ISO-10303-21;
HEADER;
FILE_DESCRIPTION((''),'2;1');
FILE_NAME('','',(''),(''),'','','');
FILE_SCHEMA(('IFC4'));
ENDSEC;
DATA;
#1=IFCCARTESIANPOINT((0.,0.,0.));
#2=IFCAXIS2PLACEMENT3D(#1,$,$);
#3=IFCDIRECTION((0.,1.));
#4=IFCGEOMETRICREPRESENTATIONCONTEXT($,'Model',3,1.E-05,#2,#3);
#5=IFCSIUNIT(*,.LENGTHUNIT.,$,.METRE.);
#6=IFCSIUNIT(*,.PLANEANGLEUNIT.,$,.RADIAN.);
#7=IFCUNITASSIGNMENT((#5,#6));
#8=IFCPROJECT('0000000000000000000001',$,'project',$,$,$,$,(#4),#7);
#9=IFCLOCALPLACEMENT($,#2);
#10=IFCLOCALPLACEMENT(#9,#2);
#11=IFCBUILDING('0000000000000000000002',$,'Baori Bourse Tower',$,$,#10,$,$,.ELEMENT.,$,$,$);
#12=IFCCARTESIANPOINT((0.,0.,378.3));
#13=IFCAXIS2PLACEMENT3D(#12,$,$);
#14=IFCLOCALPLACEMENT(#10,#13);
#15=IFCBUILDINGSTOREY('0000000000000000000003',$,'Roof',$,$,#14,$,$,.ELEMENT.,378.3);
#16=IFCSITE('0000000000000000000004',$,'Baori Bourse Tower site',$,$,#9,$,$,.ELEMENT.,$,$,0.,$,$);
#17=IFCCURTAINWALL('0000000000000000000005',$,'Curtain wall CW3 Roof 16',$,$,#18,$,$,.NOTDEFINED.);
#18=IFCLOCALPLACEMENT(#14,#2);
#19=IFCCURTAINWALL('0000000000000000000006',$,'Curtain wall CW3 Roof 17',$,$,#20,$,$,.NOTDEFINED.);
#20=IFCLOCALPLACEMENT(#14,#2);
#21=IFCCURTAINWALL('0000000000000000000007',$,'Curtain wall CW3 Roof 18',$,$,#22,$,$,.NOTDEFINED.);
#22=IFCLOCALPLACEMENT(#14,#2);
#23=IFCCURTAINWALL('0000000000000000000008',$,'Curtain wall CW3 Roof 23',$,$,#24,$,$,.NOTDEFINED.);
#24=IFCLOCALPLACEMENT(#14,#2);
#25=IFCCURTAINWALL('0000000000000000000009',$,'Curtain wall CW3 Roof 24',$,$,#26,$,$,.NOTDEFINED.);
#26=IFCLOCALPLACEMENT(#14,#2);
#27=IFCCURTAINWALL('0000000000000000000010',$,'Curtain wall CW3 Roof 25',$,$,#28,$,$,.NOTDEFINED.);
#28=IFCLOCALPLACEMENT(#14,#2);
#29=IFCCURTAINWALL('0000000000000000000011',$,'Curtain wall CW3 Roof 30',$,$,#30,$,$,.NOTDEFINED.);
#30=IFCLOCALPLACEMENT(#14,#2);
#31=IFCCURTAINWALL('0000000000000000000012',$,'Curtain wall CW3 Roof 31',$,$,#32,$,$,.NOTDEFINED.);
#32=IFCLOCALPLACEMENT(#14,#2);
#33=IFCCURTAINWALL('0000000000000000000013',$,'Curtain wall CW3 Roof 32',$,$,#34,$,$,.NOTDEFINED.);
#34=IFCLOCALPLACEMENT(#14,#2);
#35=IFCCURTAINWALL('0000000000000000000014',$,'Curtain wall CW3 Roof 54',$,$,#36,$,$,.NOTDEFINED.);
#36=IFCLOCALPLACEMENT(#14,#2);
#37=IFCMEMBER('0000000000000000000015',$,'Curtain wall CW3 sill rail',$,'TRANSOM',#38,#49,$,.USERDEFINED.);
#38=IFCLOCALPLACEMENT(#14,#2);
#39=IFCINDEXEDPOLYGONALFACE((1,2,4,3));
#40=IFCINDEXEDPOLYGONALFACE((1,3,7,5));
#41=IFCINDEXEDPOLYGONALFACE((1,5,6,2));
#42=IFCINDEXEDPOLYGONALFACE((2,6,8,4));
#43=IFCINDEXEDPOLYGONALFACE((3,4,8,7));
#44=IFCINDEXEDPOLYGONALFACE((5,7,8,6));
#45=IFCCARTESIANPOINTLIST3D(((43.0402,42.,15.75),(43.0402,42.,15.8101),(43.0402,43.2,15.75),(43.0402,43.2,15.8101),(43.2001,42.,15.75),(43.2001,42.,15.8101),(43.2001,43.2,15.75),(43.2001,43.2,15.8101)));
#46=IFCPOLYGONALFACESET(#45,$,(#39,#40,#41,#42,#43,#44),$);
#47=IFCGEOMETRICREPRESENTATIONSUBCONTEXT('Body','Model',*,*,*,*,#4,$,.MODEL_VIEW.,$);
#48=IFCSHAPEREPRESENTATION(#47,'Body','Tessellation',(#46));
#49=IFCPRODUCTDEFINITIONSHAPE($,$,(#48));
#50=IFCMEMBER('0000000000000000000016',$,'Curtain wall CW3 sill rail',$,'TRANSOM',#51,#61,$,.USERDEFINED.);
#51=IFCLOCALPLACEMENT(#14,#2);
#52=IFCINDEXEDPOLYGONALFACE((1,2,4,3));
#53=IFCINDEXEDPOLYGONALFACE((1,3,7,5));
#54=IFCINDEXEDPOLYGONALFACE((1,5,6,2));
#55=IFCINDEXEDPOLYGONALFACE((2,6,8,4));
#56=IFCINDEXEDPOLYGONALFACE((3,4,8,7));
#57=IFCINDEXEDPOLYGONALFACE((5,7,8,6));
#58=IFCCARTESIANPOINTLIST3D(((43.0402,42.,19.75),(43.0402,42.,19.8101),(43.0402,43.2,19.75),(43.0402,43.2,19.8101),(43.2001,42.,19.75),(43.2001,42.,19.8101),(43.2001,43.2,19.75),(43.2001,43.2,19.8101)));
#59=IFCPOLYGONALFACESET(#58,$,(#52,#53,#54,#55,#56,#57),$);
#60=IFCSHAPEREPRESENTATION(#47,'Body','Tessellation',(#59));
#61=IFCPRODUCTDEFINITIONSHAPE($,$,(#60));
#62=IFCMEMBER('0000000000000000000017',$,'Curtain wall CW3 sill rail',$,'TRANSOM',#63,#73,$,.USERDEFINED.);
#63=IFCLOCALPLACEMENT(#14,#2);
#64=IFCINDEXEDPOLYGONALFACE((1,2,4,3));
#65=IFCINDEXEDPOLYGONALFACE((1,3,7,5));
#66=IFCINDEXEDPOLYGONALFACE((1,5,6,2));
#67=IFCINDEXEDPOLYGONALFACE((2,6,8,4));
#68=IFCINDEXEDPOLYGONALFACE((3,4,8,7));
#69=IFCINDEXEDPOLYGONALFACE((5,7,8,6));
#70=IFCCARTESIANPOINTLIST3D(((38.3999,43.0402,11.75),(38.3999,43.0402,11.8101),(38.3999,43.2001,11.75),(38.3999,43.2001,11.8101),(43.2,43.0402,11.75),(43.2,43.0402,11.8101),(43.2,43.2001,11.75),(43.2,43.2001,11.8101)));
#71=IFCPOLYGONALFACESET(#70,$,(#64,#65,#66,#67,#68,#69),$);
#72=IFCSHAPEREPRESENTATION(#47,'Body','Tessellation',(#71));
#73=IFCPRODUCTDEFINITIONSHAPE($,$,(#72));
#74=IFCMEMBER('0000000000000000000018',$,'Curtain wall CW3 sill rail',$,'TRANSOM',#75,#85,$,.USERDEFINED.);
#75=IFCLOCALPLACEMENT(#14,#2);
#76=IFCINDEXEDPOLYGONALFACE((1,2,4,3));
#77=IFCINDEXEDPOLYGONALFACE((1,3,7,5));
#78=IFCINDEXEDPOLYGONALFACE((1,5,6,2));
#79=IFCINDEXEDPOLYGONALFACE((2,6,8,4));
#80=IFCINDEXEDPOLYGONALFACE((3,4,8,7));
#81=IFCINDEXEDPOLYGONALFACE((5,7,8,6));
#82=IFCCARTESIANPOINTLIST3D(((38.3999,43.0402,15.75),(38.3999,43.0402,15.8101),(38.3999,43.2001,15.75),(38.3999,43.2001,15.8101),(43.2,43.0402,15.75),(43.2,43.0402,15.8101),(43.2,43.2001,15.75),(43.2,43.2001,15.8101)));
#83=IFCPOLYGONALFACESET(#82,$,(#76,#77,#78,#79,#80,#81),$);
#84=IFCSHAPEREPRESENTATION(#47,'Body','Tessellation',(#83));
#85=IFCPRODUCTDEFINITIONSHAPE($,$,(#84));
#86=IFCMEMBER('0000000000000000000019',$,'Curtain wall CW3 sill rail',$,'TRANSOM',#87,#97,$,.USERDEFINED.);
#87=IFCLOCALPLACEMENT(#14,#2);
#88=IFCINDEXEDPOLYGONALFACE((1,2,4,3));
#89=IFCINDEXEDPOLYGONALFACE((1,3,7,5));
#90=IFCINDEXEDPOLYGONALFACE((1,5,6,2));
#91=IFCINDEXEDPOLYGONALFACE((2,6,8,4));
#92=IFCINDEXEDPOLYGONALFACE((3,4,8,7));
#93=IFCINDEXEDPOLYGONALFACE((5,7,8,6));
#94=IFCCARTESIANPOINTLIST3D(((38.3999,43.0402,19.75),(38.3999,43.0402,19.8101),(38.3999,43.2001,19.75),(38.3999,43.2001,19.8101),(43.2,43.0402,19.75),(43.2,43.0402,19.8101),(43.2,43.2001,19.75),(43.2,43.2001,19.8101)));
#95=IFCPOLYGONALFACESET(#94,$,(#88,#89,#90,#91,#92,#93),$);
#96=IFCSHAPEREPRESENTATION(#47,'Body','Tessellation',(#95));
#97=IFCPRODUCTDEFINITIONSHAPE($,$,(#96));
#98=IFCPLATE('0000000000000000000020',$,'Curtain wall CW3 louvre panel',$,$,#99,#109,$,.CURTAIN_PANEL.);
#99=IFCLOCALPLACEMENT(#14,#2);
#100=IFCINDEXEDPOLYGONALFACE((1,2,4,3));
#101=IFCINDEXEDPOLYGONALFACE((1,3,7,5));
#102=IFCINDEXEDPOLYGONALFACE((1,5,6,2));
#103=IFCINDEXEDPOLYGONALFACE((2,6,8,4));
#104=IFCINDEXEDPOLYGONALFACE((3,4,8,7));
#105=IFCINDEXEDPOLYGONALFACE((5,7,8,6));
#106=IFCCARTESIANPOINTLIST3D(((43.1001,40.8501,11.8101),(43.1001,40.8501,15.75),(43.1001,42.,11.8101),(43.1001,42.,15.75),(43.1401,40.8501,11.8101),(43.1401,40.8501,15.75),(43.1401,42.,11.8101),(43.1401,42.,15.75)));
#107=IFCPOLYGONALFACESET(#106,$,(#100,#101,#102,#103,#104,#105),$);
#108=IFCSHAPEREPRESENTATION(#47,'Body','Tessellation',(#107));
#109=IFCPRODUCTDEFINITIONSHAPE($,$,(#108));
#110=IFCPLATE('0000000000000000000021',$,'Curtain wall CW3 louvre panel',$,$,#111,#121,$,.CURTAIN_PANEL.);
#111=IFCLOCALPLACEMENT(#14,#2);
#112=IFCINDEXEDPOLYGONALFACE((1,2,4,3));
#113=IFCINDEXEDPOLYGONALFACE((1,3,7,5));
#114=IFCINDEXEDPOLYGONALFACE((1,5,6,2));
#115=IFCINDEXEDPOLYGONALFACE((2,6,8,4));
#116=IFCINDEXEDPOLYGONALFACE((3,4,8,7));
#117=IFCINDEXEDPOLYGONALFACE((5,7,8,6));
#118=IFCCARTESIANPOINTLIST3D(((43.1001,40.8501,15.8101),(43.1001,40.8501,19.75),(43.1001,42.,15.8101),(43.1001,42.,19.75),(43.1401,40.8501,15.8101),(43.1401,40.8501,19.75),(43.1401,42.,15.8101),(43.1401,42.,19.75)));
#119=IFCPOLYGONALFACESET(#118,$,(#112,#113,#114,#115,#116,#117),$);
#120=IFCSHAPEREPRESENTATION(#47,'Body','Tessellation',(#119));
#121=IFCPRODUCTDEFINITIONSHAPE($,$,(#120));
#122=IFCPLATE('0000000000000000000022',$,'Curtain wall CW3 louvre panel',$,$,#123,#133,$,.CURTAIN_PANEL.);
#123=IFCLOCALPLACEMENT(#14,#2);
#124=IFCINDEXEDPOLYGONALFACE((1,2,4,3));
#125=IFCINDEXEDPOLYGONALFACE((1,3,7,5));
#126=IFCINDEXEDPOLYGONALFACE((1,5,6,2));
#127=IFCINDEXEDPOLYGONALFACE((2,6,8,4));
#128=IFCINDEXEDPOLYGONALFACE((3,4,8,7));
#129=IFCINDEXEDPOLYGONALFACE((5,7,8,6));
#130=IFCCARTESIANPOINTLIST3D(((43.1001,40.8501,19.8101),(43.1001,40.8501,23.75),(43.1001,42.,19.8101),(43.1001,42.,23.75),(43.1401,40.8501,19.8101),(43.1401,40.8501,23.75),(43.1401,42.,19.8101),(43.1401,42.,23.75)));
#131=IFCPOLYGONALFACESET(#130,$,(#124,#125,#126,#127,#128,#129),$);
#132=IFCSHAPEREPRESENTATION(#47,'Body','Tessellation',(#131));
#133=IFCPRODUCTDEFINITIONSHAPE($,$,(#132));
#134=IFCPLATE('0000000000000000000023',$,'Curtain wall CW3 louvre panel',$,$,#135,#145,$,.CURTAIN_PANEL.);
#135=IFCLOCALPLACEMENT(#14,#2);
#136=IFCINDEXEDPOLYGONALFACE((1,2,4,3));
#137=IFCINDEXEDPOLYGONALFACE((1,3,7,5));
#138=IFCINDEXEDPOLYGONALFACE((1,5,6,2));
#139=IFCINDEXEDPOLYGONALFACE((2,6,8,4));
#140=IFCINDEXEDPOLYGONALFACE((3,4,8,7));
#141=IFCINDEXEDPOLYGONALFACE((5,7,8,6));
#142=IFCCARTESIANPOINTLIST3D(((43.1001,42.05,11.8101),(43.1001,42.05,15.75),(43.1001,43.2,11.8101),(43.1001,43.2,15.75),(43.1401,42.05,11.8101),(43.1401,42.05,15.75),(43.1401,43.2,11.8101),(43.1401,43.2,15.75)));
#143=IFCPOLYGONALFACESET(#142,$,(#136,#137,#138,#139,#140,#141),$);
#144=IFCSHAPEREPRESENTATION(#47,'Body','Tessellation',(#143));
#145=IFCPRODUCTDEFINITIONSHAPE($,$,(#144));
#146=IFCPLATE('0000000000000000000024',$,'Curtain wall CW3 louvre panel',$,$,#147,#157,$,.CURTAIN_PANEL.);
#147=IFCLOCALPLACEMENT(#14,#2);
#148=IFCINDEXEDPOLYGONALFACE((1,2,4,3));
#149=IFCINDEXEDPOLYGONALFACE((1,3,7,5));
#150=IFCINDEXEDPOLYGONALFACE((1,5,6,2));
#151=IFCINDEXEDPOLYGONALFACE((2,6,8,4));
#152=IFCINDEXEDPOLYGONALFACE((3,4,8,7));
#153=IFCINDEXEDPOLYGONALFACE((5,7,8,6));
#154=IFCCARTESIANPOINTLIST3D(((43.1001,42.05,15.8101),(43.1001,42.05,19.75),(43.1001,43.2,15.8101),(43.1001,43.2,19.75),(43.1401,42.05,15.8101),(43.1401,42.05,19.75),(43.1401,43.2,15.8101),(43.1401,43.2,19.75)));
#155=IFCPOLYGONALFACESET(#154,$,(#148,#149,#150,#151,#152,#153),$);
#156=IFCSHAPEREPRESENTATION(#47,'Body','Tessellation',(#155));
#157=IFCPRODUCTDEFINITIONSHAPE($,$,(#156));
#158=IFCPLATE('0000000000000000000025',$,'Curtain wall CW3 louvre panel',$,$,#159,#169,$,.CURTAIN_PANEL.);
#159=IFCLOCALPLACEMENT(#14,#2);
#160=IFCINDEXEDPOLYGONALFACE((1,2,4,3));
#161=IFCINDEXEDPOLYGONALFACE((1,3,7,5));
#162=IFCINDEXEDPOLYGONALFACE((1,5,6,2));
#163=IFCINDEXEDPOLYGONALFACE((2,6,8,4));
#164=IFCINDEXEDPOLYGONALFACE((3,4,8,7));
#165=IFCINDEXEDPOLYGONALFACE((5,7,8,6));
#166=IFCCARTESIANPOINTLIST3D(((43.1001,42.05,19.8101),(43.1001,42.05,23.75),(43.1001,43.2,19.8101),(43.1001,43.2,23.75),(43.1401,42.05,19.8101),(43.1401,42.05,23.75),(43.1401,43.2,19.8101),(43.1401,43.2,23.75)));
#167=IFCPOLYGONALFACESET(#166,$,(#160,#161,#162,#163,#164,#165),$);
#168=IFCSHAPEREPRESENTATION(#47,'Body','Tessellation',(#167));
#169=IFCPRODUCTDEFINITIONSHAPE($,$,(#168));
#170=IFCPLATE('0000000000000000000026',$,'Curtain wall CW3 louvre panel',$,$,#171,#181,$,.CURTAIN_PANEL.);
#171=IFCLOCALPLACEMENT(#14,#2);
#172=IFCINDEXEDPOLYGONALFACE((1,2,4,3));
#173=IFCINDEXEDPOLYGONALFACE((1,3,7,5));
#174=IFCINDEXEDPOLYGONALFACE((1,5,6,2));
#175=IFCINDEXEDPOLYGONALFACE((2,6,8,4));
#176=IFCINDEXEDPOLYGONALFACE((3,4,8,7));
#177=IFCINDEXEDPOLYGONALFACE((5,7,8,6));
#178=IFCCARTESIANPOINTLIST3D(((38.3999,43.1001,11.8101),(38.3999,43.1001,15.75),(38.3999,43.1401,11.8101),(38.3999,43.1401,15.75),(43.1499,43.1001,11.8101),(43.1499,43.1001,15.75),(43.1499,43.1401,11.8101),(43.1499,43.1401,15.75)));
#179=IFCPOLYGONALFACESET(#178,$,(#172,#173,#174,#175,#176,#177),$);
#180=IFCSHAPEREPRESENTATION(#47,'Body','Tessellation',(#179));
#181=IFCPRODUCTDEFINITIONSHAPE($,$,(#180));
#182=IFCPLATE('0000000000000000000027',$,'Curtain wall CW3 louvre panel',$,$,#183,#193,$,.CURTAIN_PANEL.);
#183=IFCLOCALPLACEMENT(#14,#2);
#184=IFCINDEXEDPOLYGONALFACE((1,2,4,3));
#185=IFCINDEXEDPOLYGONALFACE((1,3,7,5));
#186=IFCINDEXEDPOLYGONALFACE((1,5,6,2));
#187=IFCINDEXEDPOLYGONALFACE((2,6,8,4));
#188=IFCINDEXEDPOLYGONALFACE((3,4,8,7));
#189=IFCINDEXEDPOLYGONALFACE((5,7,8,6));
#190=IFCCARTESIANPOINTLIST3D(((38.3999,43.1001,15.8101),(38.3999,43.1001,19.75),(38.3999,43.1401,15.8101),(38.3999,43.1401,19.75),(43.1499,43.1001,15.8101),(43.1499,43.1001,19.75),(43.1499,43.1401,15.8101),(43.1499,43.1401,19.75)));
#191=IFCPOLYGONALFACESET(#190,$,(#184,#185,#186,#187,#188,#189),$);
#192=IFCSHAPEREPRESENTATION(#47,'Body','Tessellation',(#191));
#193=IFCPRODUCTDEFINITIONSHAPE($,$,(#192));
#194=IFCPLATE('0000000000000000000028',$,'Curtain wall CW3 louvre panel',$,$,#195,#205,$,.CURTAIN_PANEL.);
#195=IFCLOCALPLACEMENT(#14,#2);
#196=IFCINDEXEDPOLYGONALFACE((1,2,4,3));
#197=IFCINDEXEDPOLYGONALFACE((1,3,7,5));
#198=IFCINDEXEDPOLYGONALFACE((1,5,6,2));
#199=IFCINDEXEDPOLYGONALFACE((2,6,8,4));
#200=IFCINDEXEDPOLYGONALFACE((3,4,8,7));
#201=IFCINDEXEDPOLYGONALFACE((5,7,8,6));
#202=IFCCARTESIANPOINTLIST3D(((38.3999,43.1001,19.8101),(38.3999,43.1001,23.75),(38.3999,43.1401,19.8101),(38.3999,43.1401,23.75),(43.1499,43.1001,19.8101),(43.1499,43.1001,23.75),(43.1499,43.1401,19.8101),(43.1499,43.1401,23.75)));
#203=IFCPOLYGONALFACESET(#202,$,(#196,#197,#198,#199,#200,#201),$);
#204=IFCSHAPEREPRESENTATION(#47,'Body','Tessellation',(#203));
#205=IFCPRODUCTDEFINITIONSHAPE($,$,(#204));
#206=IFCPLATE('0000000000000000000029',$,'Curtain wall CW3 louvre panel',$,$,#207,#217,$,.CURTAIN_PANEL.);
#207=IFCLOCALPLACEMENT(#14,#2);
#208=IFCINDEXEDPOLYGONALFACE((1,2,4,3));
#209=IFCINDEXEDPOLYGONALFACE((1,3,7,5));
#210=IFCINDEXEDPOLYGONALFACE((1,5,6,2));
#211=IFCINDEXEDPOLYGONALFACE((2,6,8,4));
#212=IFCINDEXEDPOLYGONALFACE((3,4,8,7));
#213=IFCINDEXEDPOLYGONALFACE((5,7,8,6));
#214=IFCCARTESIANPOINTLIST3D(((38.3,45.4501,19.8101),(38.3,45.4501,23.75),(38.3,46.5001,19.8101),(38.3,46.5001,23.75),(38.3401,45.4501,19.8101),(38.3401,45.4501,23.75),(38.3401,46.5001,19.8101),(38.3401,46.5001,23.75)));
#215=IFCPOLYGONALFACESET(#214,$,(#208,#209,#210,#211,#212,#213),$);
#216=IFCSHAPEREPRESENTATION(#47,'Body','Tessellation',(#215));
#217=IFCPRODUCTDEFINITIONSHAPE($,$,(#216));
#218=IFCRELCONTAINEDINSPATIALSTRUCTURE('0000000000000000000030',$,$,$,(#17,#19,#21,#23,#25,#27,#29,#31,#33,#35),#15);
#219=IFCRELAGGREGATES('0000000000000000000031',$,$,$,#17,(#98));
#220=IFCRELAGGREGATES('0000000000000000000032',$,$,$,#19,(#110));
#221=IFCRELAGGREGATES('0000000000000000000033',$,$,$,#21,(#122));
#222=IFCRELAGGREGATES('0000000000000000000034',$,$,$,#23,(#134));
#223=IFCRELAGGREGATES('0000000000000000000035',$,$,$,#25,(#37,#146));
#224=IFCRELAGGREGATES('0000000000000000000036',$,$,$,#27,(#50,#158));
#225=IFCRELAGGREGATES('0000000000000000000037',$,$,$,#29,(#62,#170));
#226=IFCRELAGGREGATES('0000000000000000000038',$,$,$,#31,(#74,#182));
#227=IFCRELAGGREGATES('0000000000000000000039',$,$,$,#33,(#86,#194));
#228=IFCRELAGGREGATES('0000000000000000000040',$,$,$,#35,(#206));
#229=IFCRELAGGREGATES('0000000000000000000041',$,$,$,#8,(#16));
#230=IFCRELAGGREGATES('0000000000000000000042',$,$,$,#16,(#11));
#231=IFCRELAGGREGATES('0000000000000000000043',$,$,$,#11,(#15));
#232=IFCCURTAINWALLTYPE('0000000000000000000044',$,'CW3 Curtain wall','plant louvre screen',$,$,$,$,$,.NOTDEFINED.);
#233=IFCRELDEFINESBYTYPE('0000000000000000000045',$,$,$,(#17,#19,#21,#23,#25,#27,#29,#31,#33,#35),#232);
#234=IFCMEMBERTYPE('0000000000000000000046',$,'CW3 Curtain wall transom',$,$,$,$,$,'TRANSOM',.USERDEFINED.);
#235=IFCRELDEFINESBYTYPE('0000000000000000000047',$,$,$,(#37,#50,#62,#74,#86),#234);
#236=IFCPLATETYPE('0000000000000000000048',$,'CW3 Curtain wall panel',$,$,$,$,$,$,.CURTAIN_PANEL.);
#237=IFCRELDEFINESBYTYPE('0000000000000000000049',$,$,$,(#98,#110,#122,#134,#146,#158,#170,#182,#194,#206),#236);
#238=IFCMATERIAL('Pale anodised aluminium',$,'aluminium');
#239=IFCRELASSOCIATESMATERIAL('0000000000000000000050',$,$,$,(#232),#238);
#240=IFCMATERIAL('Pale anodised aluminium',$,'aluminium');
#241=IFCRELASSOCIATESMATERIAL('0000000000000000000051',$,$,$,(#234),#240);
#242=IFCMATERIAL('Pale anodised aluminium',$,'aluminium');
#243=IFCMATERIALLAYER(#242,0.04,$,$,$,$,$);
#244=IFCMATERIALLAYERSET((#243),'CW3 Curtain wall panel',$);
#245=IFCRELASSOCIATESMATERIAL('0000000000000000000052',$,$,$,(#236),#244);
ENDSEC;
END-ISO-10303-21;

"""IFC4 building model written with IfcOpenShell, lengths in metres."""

from ifc_helpers import new_model, si_unit, direction, frame, origin, origin_2d, place, context, subcontext, project, spatial, rectangle, extrude, material, layer, layer_set, material_profile, profile_set, type_object, element, aggregate, save


model = new_model("IFC4")

# Units and contexts
model_context = context("Model", 3, precision=1e-05, world=origin(), true_north=direction((0.0, 1.0)))
body_context = subcontext(model_context, "Body", "Model", "MODEL_VIEW")
ifc_project = project(units=[si_unit("LENGTHUNIT", "METRE"), si_unit("PLANEANGLEUNIT", "RADIAN")], contexts=[model_context])

# Site, building, storey
site_placement = place(None, origin())
site = spatial("IfcSite", under=ifc_project, at=site_placement, Name="Baori Bourse Tower site", CompositionType="ELEMENT", RefElevation=0.0)
building_placement = place(site_placement, origin())
building = spatial("IfcBuilding", under=site, at=building_placement, Name="Baori Bourse Tower", CompositionType="ELEMENT")
storey_placement = place(building_placement, frame((0.0, 0.0, 378.3)))
storey = spatial("IfcBuildingStorey", under=building, at=storey_placement, Name="Roof", CompositionType="ELEMENT", Elevation=378.3)

# Curtain walls
ifc_material_1 = material(Name="Pale anodised aluminium", Category="aluminium")
curtain_wall_type = type_object("IfcCurtainWallType", Name="CW3 Curtain wall", Description="plant louvre screen", PredefinedType="NOTDEFINED", material=ifc_material_1)
curtain_wall_1_placement = place(storey_placement, origin())
curtain_wall_1 = element("IfcCurtainWall", 1, at=curtain_wall_1_placement, inside=storey, type_object=curtain_wall_type, Name="Curtain wall CW3 Roof 16", PredefinedType="NOTDEFINED")
curtain_wall_2_placement = place(storey_placement, origin())
curtain_wall_2 = element("IfcCurtainWall", 2, at=curtain_wall_2_placement, inside=storey, type_object=curtain_wall_type, Name="Curtain wall CW3 Roof 17", PredefinedType="NOTDEFINED")
curtain_wall_3_placement = place(storey_placement, origin())
curtain_wall_3 = element("IfcCurtainWall", 3, at=curtain_wall_3_placement, inside=storey, type_object=curtain_wall_type, Name="Curtain wall CW3 Roof 18", PredefinedType="NOTDEFINED")
curtain_wall_4_placement = place(storey_placement, origin())
curtain_wall_4 = element("IfcCurtainWall", 4, at=curtain_wall_4_placement, inside=storey, type_object=curtain_wall_type, Name="Curtain wall CW3 Roof 23", PredefinedType="NOTDEFINED")
curtain_wall_5_placement = place(storey_placement, origin())
curtain_wall_5 = element("IfcCurtainWall", 5, at=curtain_wall_5_placement, inside=storey, type_object=curtain_wall_type, Name="Curtain wall CW3 Roof 24", PredefinedType="NOTDEFINED")
curtain_wall_6_placement = place(storey_placement, origin())
curtain_wall_6 = element("IfcCurtainWall", 6, at=curtain_wall_6_placement, inside=storey, type_object=curtain_wall_type, Name="Curtain wall CW3 Roof 25", PredefinedType="NOTDEFINED")
curtain_wall_7_placement = place(storey_placement, origin())
curtain_wall_7 = element("IfcCurtainWall", 7, at=curtain_wall_7_placement, inside=storey, type_object=curtain_wall_type, Name="Curtain wall CW3 Roof 30", PredefinedType="NOTDEFINED")
curtain_wall_8_placement = place(storey_placement, origin())
curtain_wall_8 = element("IfcCurtainWall", 8, at=curtain_wall_8_placement, inside=storey, type_object=curtain_wall_type, Name="Curtain wall CW3 Roof 31", PredefinedType="NOTDEFINED")
curtain_wall_9_placement = place(storey_placement, origin())
curtain_wall_9 = element("IfcCurtainWall", 9, at=curtain_wall_9_placement, inside=storey, type_object=curtain_wall_type, Name="Curtain wall CW3 Roof 32", PredefinedType="NOTDEFINED")
curtain_wall_10_placement = place(storey_placement, origin())
curtain_wall_10 = element("IfcCurtainWall", 10, at=curtain_wall_10_placement, inside=storey, type_object=curtain_wall_type, Name="Curtain wall CW3 Roof 54", PredefinedType="NOTDEFINED")

# Members
ifc_material_2 = material(Name="Pale anodised aluminium", Category="aluminium")
ifc_material_profile_1 = material_profile(ifc_material_2, rectangle(XDim=0.1599, YDim=0.0601, at=origin_2d()), Name="Transom 60x160")
ifc_profile_set_1 = profile_set([ifc_material_profile_1], Name="Pale anodised aluminium")
member_type_1 = type_object("IfcMemberType", Name="CW3 Curtain wall transom", ElementType="TRANSOM", PredefinedType="USERDEFINED", material=ifc_profile_set_1)
member_1_placement = place(storey_placement, frame((43.1201, 42.0, 15.78), z_axis=(0.0, 1.0, 0.0), x_axis=(-1.0, 0.0, 0.0)))
member_1 = element("IfcMember", 11, at=member_1_placement, type_object=member_type_1, Name="Curtain wall CW3 sill rail", ObjectType="TRANSOM", PredefinedType="USERDEFINED", context=body_context, shape_type="SweptSolid", body=[
    extrude(rectangle(XDim=0.1599, YDim=0.0601, at=origin_2d()), origin(), (0.0, 0.0, 1.0), 1.2),
])
member_2_placement = place(storey_placement, frame((43.1201, 42.0, 19.78), z_axis=(0.0, 1.0, 0.0), x_axis=(-1.0, 0.0, 0.0)))
member_2 = element("IfcMember", 12, at=member_2_placement, type_object=member_type_1, Name="Curtain wall CW3 sill rail", ObjectType="TRANSOM", PredefinedType="USERDEFINED", context=body_context, shape_type="SweptSolid", body=[
    extrude(rectangle(XDim=0.1599, YDim=0.0601, at=origin_2d()), origin(), (0.0, 0.0, 1.0), 1.2),
])
member_3_placement = place(storey_placement, frame((43.2, 43.1201, 11.78), z_axis=(-1.0, 0.0, 0.0), x_axis=(0.0, -1.0, 0.0)))
member_3 = element("IfcMember", 13, at=member_3_placement, type_object=member_type_1, Name="Curtain wall CW3 sill rail", ObjectType="TRANSOM", PredefinedType="USERDEFINED", context=body_context, shape_type="SweptSolid", body=[
    extrude(rectangle(XDim=0.1599, YDim=0.0601, at=origin_2d()), origin(), (0.0, 0.0, 1.0), 4.8),
])
member_4_placement = place(storey_placement, frame((43.2, 43.1201, 15.78), z_axis=(-1.0, 0.0, 0.0), x_axis=(0.0, -1.0, 0.0)))
member_4 = element("IfcMember", 14, at=member_4_placement, type_object=member_type_1, Name="Curtain wall CW3 sill rail", ObjectType="TRANSOM", PredefinedType="USERDEFINED", context=body_context, shape_type="SweptSolid", body=[
    extrude(rectangle(XDim=0.1599, YDim=0.0601, at=origin_2d()), origin(), (0.0, 0.0, 1.0), 4.8),
])
member_5_placement = place(storey_placement, frame((43.2, 43.1201, 19.78), z_axis=(-1.0, 0.0, 0.0), x_axis=(0.0, -1.0, 0.0)))
member_5 = element("IfcMember", 15, at=member_5_placement, type_object=member_type_1, Name="Curtain wall CW3 sill rail", ObjectType="TRANSOM", PredefinedType="USERDEFINED", context=body_context, shape_type="SweptSolid", body=[
    extrude(rectangle(XDim=0.1599, YDim=0.0601, at=origin_2d()), origin(), (0.0, 0.0, 1.0), 4.8),
])

# Plates
ifc_material_3 = material(Name="Pale anodised aluminium", Category="aluminium")
ifc_layer = layer(ifc_material_3, 0.04)
ifc_layer_set = layer_set([ifc_layer], Name="CW3 Curtain wall panel")
plate_type = type_object("IfcPlateType", Name="CW3 Curtain wall panel", PredefinedType="CURTAIN_PANEL", material=ifc_layer_set)
plate_1_placement = place(storey_placement, frame((43.1201, 41.425, 11.8101), z_axis=(0.0, 0.0, 1.0), x_axis=(0.0, 1.0, 0.0)))
plate_1 = element("IfcPlate", 16, at=plate_1_placement, type_object=plate_type, Name="Curtain wall CW3 louvre panel", PredefinedType="CURTAIN_PANEL", context=body_context, shape_type="SweptSolid", body=[
    extrude(rectangle(XDim=1.1499, YDim=0.04, at=origin_2d()), origin(), (0.0, 0.0, 1.0), 3.9399),
])
aggregate(curtain_wall_1, [plate_1])
plate_2_placement = place(storey_placement, frame((43.1201, 41.425, 15.8101), z_axis=(0.0, 0.0, 1.0), x_axis=(0.0, 1.0, 0.0)))
plate_2 = element("IfcPlate", 17, at=plate_2_placement, type_object=plate_type, Name="Curtain wall CW3 louvre panel", PredefinedType="CURTAIN_PANEL", context=body_context, shape_type="SweptSolid", body=[
    extrude(rectangle(XDim=1.1499, YDim=0.04, at=origin_2d()), origin(), (0.0, 0.0, 1.0), 3.9399),
])
aggregate(curtain_wall_2, [plate_2])
plate_3_placement = place(storey_placement, frame((43.1201, 41.425, 19.8101), z_axis=(0.0, 0.0, 1.0), x_axis=(0.0, 1.0, 0.0)))
plate_3 = element("IfcPlate", 18, at=plate_3_placement, type_object=plate_type, Name="Curtain wall CW3 louvre panel", PredefinedType="CURTAIN_PANEL", context=body_context, shape_type="SweptSolid", body=[
    extrude(rectangle(XDim=1.1499, YDim=0.04, at=origin_2d()), origin(), (0.0, 0.0, 1.0), 3.9399),
])
aggregate(curtain_wall_3, [plate_3])
plate_4_placement = place(storey_placement, frame((43.1201, 42.625, 11.8101), z_axis=(0.0, 0.0, 1.0), x_axis=(0.0, 1.0, 0.0)))
plate_4 = element("IfcPlate", 19, at=plate_4_placement, type_object=plate_type, Name="Curtain wall CW3 louvre panel", PredefinedType="CURTAIN_PANEL", context=body_context, shape_type="SweptSolid", body=[
    extrude(rectangle(XDim=1.1499, YDim=0.04, at=origin_2d()), origin(), (0.0, 0.0, 1.0), 3.9399),
])
aggregate(curtain_wall_4, [plate_4])
plate_5_placement = place(storey_placement, frame((43.1201, 42.625, 15.8101), z_axis=(0.0, 0.0, 1.0), x_axis=(0.0, 1.0, 0.0)))
plate_5 = element("IfcPlate", 20, at=plate_5_placement, type_object=plate_type, Name="Curtain wall CW3 louvre panel", PredefinedType="CURTAIN_PANEL", context=body_context, shape_type="SweptSolid", body=[
    extrude(rectangle(XDim=1.1499, YDim=0.04, at=origin_2d()), origin(), (0.0, 0.0, 1.0), 3.9399),
])
aggregate(curtain_wall_5, [member_1, plate_5])
plate_6_placement = place(storey_placement, frame((43.1201, 42.625, 19.8101), z_axis=(0.0, 0.0, 1.0), x_axis=(0.0, 1.0, 0.0)))
plate_6 = element("IfcPlate", 21, at=plate_6_placement, type_object=plate_type, Name="Curtain wall CW3 louvre panel", PredefinedType="CURTAIN_PANEL", context=body_context, shape_type="SweptSolid", body=[
    extrude(rectangle(XDim=1.1499, YDim=0.04, at=origin_2d()), origin(), (0.0, 0.0, 1.0), 3.9399),
])
aggregate(curtain_wall_6, [member_2, plate_6])
plate_7_placement = place(storey_placement, frame((40.7749, 43.1201, 11.8101), z_axis=(0.0, 0.0, 1.0), x_axis=(-1.0, 0.0, 0.0)))
plate_7 = element("IfcPlate", 22, at=plate_7_placement, type_object=plate_type, Name="Curtain wall CW3 louvre panel", PredefinedType="CURTAIN_PANEL", context=body_context, shape_type="SweptSolid", body=[
    extrude(rectangle(XDim=4.75, YDim=0.04, at=origin_2d()), origin(), (0.0, 0.0, 1.0), 3.9399),
])
aggregate(curtain_wall_7, [member_3, plate_7])
plate_8_placement = place(storey_placement, frame((40.7749, 43.1201, 15.8101), z_axis=(0.0, 0.0, 1.0), x_axis=(-1.0, 0.0, 0.0)))
plate_8 = element("IfcPlate", 23, at=plate_8_placement, type_object=plate_type, Name="Curtain wall CW3 louvre panel", PredefinedType="CURTAIN_PANEL", context=body_context, shape_type="SweptSolid", body=[
    extrude(rectangle(XDim=4.75, YDim=0.04, at=origin_2d()), origin(), (0.0, 0.0, 1.0), 3.9399),
])
aggregate(curtain_wall_8, [member_4, plate_8])
plate_9_placement = place(storey_placement, frame((40.7749, 43.1201, 19.8101), z_axis=(0.0, 0.0, 1.0), x_axis=(-1.0, 0.0, 0.0)))
plate_9 = element("IfcPlate", 24, at=plate_9_placement, type_object=plate_type, Name="Curtain wall CW3 louvre panel", PredefinedType="CURTAIN_PANEL", context=body_context, shape_type="SweptSolid", body=[
    extrude(rectangle(XDim=4.75, YDim=0.04, at=origin_2d()), origin(), (0.0, 0.0, 1.0), 3.9399),
])
aggregate(curtain_wall_9, [member_5, plate_9])
plate_10_placement = place(storey_placement, frame((38.3201, 45.9751, 19.8101), z_axis=(0.0, 0.0, 1.0), x_axis=(0.0, 1.0, 0.0)))
plate_10 = element("IfcPlate", 25, at=plate_10_placement, type_object=plate_type, Name="Curtain wall CW3 louvre panel", PredefinedType="CURTAIN_PANEL", context=body_context, shape_type="SweptSolid", body=[
    extrude(rectangle(XDim=1.05, YDim=0.04, at=origin_2d()), origin(), (0.0, 0.0, 1.0), 3.9399),
])
aggregate(curtain_wall_10, [plate_10])

save(model, "model.ifc")
